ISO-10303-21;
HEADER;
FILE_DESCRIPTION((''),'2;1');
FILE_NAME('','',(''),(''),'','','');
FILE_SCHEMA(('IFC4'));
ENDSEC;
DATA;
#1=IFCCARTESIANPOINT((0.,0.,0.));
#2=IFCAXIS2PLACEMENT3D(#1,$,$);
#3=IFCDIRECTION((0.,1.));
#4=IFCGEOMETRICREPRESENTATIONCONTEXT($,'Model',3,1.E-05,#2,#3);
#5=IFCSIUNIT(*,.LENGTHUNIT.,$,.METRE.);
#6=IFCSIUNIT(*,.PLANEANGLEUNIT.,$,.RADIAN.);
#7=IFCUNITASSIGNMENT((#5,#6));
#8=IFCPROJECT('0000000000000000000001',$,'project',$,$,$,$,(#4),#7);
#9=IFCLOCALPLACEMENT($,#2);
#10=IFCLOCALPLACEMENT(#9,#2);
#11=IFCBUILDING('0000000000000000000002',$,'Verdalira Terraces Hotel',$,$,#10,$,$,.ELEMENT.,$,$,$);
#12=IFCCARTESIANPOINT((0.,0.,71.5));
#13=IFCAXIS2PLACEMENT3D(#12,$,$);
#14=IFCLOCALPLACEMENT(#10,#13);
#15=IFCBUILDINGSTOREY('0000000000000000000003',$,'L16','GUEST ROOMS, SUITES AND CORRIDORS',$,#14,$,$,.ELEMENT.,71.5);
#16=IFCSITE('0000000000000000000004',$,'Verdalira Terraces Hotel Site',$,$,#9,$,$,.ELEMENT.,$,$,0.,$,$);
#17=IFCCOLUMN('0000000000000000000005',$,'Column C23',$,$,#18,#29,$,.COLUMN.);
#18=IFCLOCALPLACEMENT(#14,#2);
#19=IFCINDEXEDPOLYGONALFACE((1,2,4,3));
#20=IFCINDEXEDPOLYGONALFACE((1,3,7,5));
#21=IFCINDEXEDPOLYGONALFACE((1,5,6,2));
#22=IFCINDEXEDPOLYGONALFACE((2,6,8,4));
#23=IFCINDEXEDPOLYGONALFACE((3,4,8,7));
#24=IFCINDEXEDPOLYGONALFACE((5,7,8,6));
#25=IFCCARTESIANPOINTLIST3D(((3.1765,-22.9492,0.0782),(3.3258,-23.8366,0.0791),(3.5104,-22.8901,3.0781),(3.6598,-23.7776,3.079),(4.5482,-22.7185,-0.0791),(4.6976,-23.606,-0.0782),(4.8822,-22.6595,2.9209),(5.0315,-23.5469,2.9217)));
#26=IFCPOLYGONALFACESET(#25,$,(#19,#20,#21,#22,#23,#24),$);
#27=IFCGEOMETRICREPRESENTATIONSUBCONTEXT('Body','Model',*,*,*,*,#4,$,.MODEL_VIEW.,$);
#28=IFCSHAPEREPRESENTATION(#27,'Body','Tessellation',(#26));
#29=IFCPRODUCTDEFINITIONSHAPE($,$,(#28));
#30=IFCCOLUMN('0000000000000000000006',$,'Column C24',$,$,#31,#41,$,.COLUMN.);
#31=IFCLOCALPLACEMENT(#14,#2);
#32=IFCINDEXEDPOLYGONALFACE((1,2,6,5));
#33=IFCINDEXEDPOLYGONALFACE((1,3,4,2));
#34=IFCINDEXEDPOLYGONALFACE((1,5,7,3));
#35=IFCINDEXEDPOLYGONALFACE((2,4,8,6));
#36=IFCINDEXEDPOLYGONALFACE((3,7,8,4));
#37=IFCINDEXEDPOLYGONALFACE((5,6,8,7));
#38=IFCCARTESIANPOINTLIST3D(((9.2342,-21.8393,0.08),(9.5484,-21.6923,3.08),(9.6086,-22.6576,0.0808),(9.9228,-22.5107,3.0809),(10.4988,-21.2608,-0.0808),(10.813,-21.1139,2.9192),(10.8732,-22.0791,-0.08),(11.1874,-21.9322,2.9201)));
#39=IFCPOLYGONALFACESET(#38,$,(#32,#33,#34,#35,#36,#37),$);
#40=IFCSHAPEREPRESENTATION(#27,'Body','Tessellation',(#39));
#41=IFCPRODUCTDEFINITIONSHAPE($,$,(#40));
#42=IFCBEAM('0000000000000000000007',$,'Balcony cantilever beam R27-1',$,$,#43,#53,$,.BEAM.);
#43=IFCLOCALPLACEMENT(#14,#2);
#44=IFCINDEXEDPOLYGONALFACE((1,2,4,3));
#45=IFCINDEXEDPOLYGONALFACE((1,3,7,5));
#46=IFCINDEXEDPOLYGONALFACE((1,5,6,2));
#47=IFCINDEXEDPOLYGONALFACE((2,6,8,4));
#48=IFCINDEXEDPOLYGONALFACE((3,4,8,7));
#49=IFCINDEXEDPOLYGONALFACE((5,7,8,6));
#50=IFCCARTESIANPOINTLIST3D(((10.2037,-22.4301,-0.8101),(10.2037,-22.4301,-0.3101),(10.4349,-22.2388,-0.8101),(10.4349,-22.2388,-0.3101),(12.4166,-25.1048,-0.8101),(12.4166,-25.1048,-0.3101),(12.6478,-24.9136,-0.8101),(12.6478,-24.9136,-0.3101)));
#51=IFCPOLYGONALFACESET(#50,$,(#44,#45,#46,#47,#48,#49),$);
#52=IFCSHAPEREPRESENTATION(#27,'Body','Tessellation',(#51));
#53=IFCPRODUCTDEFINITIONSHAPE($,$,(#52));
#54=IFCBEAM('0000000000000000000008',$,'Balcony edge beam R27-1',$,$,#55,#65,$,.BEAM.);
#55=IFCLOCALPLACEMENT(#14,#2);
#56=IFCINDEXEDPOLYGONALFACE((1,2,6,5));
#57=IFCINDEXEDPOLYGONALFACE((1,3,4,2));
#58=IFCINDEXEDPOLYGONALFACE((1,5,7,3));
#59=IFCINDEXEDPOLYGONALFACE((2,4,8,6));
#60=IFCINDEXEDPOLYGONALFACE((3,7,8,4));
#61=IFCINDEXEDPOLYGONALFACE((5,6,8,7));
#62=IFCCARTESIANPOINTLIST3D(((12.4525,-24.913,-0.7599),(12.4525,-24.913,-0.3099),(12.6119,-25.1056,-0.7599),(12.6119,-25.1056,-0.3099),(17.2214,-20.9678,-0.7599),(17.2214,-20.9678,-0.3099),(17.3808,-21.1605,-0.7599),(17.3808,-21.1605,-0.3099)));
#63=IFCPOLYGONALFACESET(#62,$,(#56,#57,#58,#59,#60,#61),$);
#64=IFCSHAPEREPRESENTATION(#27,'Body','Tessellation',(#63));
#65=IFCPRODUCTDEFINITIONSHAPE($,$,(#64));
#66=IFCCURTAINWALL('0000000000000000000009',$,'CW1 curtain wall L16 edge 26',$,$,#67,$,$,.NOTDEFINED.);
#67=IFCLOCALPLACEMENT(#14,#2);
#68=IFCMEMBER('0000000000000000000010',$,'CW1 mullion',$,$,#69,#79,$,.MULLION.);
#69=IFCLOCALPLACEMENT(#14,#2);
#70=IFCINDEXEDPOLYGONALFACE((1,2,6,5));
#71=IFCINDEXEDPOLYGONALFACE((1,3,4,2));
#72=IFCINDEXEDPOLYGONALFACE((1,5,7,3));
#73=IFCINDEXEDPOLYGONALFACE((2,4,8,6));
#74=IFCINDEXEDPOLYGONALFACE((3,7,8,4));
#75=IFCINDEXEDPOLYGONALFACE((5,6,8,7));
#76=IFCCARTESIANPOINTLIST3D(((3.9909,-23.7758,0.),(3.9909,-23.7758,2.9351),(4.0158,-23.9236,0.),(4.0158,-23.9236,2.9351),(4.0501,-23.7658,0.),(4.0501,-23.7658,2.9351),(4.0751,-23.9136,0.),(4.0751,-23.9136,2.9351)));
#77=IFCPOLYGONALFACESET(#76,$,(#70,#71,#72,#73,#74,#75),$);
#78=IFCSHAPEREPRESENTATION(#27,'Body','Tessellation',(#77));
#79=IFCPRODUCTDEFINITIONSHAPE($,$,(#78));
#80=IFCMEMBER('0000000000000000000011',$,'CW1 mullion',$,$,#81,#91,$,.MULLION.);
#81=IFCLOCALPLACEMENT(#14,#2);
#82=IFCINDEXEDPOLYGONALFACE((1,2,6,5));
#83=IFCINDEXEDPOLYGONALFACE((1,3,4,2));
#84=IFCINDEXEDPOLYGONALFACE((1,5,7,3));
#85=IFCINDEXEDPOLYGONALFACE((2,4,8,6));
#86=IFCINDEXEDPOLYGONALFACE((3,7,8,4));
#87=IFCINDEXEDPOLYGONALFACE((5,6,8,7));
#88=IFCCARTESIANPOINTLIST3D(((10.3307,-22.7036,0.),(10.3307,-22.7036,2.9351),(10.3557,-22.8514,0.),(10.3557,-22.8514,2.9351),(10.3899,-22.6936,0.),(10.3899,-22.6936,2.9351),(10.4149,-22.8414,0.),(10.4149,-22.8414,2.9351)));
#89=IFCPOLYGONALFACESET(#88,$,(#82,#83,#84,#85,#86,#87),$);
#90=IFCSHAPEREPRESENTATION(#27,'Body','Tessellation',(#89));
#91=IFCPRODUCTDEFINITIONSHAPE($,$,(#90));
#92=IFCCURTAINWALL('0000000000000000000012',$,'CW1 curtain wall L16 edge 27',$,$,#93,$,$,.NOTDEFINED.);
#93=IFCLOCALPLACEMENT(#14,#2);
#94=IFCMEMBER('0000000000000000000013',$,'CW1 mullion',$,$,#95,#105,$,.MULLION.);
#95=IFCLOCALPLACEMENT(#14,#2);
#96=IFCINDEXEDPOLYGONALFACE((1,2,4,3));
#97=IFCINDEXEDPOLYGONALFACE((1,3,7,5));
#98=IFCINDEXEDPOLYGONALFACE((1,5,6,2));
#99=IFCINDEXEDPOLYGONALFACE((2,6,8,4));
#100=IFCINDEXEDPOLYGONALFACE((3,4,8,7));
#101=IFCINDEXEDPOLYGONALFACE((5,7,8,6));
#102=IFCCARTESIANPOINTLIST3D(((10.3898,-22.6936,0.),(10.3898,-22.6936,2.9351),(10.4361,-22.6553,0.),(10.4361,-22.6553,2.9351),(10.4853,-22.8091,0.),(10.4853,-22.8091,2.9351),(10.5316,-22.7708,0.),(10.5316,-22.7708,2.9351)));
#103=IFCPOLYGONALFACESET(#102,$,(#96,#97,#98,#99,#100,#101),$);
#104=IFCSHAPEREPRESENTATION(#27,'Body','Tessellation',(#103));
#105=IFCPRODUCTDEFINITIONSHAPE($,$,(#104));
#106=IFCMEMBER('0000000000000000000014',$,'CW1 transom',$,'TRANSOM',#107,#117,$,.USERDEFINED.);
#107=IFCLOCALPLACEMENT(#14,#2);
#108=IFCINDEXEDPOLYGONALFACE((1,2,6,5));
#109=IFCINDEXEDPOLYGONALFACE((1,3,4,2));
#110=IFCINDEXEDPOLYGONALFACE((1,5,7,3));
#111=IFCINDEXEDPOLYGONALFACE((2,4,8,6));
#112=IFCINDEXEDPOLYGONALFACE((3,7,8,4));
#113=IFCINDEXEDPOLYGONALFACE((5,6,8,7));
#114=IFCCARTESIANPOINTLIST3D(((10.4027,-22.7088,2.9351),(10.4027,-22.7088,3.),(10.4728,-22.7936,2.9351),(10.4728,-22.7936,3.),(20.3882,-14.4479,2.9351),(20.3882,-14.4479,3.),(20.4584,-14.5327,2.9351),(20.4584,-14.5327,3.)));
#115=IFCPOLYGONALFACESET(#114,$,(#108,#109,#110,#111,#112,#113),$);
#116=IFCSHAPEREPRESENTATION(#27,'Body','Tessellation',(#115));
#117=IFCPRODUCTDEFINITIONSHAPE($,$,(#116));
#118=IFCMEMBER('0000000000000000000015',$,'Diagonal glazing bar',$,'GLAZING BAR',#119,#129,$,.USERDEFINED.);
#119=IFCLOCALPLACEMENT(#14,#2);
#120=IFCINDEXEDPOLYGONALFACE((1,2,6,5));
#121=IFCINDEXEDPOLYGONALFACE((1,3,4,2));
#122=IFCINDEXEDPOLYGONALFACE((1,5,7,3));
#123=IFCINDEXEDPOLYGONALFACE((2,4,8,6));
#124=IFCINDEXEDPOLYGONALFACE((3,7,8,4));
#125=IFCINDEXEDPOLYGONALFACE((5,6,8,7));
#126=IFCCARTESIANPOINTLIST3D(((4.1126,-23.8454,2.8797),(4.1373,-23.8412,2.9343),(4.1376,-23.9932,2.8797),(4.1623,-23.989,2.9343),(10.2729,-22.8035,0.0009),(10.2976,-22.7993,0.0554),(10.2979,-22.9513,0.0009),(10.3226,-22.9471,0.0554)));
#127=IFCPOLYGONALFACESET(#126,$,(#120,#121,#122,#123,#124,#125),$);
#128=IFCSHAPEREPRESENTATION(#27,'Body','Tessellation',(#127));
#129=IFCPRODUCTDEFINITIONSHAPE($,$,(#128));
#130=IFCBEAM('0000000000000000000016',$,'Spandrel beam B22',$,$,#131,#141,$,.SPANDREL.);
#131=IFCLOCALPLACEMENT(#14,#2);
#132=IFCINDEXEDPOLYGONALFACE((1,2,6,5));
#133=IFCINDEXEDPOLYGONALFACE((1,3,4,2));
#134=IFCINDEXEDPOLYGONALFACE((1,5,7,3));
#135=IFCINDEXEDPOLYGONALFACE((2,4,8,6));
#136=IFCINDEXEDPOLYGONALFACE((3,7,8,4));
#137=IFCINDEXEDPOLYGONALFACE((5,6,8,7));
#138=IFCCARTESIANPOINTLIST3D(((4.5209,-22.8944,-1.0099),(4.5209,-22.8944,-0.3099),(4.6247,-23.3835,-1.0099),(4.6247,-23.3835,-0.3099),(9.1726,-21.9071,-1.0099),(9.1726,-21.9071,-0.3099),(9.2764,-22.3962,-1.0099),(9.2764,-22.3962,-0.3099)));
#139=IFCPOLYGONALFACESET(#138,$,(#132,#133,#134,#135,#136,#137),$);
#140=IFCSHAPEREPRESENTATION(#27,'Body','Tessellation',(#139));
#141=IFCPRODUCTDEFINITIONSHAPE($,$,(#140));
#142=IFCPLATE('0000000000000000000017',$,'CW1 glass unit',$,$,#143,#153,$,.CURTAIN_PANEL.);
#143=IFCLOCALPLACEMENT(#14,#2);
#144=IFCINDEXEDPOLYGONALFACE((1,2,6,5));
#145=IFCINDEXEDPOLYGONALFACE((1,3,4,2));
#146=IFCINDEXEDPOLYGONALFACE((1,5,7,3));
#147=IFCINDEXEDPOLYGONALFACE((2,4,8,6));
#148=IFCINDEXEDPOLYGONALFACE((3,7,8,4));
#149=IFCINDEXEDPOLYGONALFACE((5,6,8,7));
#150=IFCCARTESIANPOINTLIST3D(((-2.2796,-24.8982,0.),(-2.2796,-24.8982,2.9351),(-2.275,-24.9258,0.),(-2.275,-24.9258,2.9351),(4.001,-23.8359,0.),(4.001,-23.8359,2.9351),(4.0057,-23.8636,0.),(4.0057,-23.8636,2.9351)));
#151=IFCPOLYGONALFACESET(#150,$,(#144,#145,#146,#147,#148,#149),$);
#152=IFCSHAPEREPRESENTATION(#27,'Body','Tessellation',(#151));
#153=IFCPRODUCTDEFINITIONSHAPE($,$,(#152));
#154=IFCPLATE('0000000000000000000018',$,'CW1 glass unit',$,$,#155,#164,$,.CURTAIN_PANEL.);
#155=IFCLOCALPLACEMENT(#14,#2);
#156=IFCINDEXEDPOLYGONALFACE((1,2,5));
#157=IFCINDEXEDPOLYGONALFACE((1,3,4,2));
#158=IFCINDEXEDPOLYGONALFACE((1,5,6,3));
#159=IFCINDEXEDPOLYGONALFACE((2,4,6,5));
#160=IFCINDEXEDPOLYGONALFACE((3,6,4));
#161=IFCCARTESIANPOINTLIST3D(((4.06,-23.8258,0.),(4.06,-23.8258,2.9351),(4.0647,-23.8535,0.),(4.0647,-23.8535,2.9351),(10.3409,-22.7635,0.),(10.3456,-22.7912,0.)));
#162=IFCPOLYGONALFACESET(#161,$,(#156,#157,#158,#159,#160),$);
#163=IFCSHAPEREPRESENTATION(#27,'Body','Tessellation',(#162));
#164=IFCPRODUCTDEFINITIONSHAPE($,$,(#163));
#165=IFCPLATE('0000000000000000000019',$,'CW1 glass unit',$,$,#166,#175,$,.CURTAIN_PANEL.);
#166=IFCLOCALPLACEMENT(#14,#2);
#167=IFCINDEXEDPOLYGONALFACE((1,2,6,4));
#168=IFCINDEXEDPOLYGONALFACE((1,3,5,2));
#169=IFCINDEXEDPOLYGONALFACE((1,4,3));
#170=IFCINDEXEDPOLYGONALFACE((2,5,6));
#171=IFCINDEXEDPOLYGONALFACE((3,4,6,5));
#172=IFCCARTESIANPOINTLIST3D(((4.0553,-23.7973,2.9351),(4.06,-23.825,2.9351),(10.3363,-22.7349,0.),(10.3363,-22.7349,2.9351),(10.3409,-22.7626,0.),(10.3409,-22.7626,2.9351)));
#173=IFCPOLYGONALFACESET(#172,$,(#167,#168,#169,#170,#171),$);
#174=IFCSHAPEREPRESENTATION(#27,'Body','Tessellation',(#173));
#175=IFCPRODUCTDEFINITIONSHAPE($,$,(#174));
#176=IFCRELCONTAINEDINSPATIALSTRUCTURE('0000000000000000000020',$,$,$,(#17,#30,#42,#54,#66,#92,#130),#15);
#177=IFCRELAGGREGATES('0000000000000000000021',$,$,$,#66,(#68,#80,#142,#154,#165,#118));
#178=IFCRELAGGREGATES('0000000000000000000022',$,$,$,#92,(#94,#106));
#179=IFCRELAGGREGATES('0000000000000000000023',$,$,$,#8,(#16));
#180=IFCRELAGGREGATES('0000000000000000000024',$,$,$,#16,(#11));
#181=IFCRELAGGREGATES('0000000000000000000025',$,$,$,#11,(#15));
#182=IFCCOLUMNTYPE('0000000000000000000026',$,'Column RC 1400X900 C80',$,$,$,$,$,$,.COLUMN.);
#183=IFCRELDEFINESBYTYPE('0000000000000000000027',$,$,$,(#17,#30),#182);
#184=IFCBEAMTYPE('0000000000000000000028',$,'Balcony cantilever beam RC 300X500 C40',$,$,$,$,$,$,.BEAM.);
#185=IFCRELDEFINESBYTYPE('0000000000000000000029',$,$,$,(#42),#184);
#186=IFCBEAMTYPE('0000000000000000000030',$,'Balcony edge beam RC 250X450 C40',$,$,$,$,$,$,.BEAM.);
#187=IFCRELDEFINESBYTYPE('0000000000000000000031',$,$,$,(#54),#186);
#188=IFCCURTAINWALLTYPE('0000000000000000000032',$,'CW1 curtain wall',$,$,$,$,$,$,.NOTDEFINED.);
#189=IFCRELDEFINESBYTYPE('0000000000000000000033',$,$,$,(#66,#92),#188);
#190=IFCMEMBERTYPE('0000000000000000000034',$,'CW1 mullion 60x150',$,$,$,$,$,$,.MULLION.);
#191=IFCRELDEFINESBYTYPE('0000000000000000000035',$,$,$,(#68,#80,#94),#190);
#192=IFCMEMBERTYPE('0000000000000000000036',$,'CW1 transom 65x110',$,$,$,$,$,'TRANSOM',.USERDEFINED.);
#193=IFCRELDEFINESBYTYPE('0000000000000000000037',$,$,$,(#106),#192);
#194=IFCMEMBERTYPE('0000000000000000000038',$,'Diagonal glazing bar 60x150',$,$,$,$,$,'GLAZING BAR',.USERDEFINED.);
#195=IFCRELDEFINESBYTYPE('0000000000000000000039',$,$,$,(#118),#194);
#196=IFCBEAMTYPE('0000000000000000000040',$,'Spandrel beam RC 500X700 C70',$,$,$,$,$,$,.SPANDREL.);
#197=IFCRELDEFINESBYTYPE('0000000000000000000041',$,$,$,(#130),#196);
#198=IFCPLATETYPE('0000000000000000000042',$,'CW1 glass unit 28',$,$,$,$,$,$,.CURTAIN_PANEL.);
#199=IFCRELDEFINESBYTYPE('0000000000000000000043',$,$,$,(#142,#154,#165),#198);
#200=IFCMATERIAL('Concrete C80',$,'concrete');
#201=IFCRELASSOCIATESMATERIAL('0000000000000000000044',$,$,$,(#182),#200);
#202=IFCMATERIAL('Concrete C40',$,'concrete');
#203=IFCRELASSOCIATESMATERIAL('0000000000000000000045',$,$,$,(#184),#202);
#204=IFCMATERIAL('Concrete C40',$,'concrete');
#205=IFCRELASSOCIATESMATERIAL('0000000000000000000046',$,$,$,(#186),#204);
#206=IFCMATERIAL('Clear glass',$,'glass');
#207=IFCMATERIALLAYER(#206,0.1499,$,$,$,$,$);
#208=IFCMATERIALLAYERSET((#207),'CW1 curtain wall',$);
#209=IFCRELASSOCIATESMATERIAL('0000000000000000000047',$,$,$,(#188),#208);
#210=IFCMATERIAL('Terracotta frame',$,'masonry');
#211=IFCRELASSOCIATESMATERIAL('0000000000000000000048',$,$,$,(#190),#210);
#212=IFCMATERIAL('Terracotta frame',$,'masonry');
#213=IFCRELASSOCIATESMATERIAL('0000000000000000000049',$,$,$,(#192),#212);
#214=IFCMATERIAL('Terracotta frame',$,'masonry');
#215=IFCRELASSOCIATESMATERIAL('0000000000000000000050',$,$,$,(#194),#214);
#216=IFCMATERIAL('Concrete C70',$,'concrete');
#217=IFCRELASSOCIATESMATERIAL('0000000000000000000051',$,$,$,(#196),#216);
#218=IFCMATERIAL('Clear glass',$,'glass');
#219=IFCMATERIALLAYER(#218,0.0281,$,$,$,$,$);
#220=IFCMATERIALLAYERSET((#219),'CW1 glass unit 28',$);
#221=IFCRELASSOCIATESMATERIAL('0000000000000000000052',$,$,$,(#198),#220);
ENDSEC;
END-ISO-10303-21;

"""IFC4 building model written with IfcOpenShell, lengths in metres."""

from ifc_helpers import new_model, si_unit, direction, frame, origin, origin_2d, place, context, subcontext, project, spatial, polyline, rectangle, outline, extrude, material, layer, layer_set, material_profile, profile_set, type_object, element, aggregate, save


model = new_model("IFC4")

# Units and contexts
model_context = context("Model", 3, precision=1e-05, world=origin(), true_north=direction((0.0, 1.0)))
body_context = subcontext(model_context, "Body", "Model", "MODEL_VIEW")
ifc_project = project(units=[si_unit("LENGTHUNIT", "METRE"), si_unit("PLANEANGLEUNIT", "RADIAN")], contexts=[model_context])

# Site, building, storey
site_placement = place(None, origin())
site = spatial("IfcSite", under=ifc_project, at=site_placement, Name="Verdalira Terraces Hotel Site", CompositionType="ELEMENT", RefElevation=0.0)
building_placement = place(site_placement, origin())
building = spatial("IfcBuilding", under=site, at=building_placement, Name="Verdalira Terraces Hotel", CompositionType="ELEMENT")
storey_placement = place(building_placement, frame((0.0, 0.0, 71.5)))
storey = spatial("IfcBuildingStorey", under=building, at=storey_placement, Name="L16", Description="GUEST ROOMS, SUITES AND CORRIDORS", CompositionType="ELEMENT", Elevation=71.5)

# Columns
ifc_material_1 = material(Name="Concrete C80", Category="concrete")
ifc_material_profile_1 = material_profile(ifc_material_1, rectangle(XDim=1.3999, YDim=0.8999, at=origin_2d()), Name="RC 1400X900")
ifc_profile_set_1 = profile_set([ifc_material_profile_1], Name="Concrete C80")
column_type = type_object("IfcColumnType", Name="Column RC 1400X900 C80", PredefinedType="COLUMN", material=ifc_profile_set_1)
column_1_placement = place(storey_placement, frame((3.937, -23.2776, 0.0), z_axis=(0.110623, 0.019569, 0.99367), x_axis=(0.979911, 0.164784, -0.112337)))
element("IfcColumn", 1, at=column_1_placement, inside=storey, type_object=column_type, Name="Column C23", PredefinedType="COLUMN", context=body_context, shape_type="SweptSolid", body=[
    extrude(rectangle(XDim=1.3999, YDim=0.8999, at=origin_2d()), origin(), (0.0, 0.0, 1.0), 3.019),
])
column_2_placement = place(storey_placement, frame((10.0537, -21.9592, 0.0), z_axis=(0.104043, 0.048667, 0.993381), x_axis=(-0.903351, -0.413236, 0.114858)))
element("IfcColumn", 2, at=column_2_placement, inside=storey, type_object=column_type, Name="Column C24", PredefinedType="COLUMN", context=body_context, shape_type="SweptSolid", body=[
    extrude(rectangle(XDim=1.3999, YDim=0.8999, at=origin_2d()), origin(), (0.0, 0.0, 1.0), 3.02),
])

# Beams
ifc_material_2 = material(Name="Concrete C40", Category="concrete")
ifc_material_profile_2 = material_profile(ifc_material_2, rectangle(XDim=0.3, YDim=0.5, at=origin_2d()), Name="RC 300X500")
ifc_profile_set_2 = profile_set([ifc_material_profile_2], Name="Concrete C40")
beam_type_1 = type_object("IfcBeamType", Name="Balcony cantilever beam RC 300X500 C40", PredefinedType="BEAM", material=ifc_profile_set_2)
beam_1_placement = place(storey_placement, frame((10.3193, -22.3345, -0.5601), z_axis=(0.637441, -0.770499, 0.0), x_axis=(0.770499, 0.637441, 0.0)))
element("IfcBeam", 3, at=beam_1_placement, inside=storey, type_object=beam_type_1, Name="Balcony cantilever beam R27-1", PredefinedType="BEAM", context=body_context, shape_type="SweptSolid", body=[
    extrude(rectangle(XDim=0.3, YDim=0.5, at=origin_2d()), origin(), (0.0, 0.0, 1.0), 3.4714),
])
ifc_material_3 = material(Name="Concrete C40", Category="concrete")
ifc_material_profile_3 = material_profile(ifc_material_3, rectangle(XDim=0.25, YDim=0.45, at=origin_2d()), Name="RC 250X450")
ifc_profile_set_3 = profile_set([ifc_material_profile_3], Name="Concrete C40")
beam_type_2 = type_object("IfcBeamType", Name="Balcony edge beam RC 250X450 C40", PredefinedType="BEAM", material=ifc_profile_set_3)
beam_2_placement = place(storey_placement, frame((12.5322, -25.0093, -0.5349), z_axis=(0.770515, 0.637422, 0.0), x_axis=(-0.637422, 0.770515, 0.0)))
element("IfcBeam", 4, at=beam_2_placement, inside=storey, type_object=beam_type_2, Name="Balcony edge beam R27-1", PredefinedType="BEAM", context=body_context, shape_type="SweptSolid", body=[
    extrude(rectangle(XDim=0.25, YDim=0.45, at=origin_2d()), origin(), (0.0, 0.0, 1.0), 6.1892),
])

# Curtain walls, members
ifc_material_4 = material(Name="Clear glass", Category="glass")
ifc_layer_1 = layer(ifc_material_4, 0.1499)
ifc_layer_set_1 = layer_set([ifc_layer_1], Name="CW1 curtain wall")
curtain_wall_type = type_object("IfcCurtainWallType", Name="CW1 curtain wall", PredefinedType="NOTDEFINED", material=ifc_layer_set_1)
curtain_wall_1_placement = place(storey_placement, origin())
curtain_wall_1 = element("IfcCurtainWall", 5, at=curtain_wall_1_placement, inside=storey, type_object=curtain_wall_type, Name="CW1 curtain wall L16 edge 26", PredefinedType="NOTDEFINED")
ifc_material_5 = material(Name="Terracotta frame", Category="masonry")
ifc_material_profile_4 = material_profile(ifc_material_5, rectangle(XDim=0.0601, YDim=0.1499, at=origin_2d()), Name="MU 60x150")
ifc_profile_set_4 = profile_set([ifc_material_profile_4], Name="Terracotta frame")
member_type_1 = type_object("IfcMemberType", Name="CW1 mullion 60x150", PredefinedType="MULLION", material=ifc_profile_set_4)
member_1_placement = place(storey_placement, frame((4.033, -23.8447, 0.0), z_axis=(0.0, 0.0, 1.0), x_axis=(0.985996, 0.166769, 0.0)))
member_1 = element("IfcMember", 6, at=member_1_placement, type_object=member_type_1, Name="CW1 mullion", PredefinedType="MULLION", context=body_context, shape_type="SweptSolid", body=[
    extrude(rectangle(XDim=0.0601, YDim=0.1499, at=origin_2d()), origin(), (0.0, 0.0, 1.0), 2.9351),
])
member_2_placement = place(storey_placement, frame((10.3728, -22.7725, 0.0), z_axis=(0.0, 0.0, 1.0), x_axis=(0.985996, 0.166769, 0.0)))
member_2 = element("IfcMember", 7, at=member_2_placement, type_object=member_type_1, Name="CW1 mullion", PredefinedType="MULLION", context=body_context, shape_type="SweptSolid", body=[
    extrude(rectangle(XDim=0.0601, YDim=0.1499, at=origin_2d()), origin(), (0.0, 0.0, 1.0), 2.9351),
])
curtain_wall_2_placement = place(storey_placement, origin())
curtain_wall_2 = element("IfcCurtainWall", 8, at=curtain_wall_2_placement, inside=storey, type_object=curtain_wall_type, Name="CW1 curtain wall L16 edge 27", PredefinedType="NOTDEFINED")
member_3_placement = place(storey_placement, frame((10.4607, -22.7322, 0.0), z_axis=(0.0, 0.0, 1.0), x_axis=(0.770513, 0.637424, 0.0)))
member_3 = element("IfcMember", 9, at=member_3_placement, type_object=member_type_1, Name="CW1 mullion", PredefinedType="MULLION", context=body_context, shape_type="SweptSolid", body=[
    extrude(rectangle(XDim=0.0601, YDim=0.1499, at=origin_2d()), origin(), (0.0, 0.0, 1.0), 2.9351),
])
ifc_material_6 = material(Name="Terracotta frame", Category="masonry")
ifc_material_profile_5 = material_profile(ifc_material_6, rectangle(XDim=0.1101, YDim=0.0649, at=origin_2d()), Name="TR 65x110")
ifc_profile_set_5 = profile_set([ifc_material_profile_5], Name="Terracotta frame")
member_type_2 = type_object("IfcMemberType", Name="CW1 transom 65x110", ElementType="TRANSOM", PredefinedType="USERDEFINED", material=ifc_profile_set_5)
member_4_placement = place(storey_placement, frame((10.4377, -22.7512, 2.9675), z_axis=(0.770506, 0.637432, 0.0), x_axis=(-0.637432, 0.770506, 0.0)))
member_4 = element("IfcMember", 10, at=member_4_placement, type_object=member_type_2, Name="CW1 transom", ObjectType="TRANSOM", PredefinedType="USERDEFINED", context=body_context, shape_type="SweptSolid", body=[
    extrude(rectangle(XDim=0.1101, YDim=0.0649, at=origin_2d()), origin(), (0.0, 0.0, 1.0), 12.9597),
])

# Member
ifc_material_7 = material(Name="Terracotta frame", Category="masonry")
ifc_material_profile_6 = material_profile(ifc_material_7, rectangle(XDim=0.1499, YDim=0.0601, at=origin_2d()), Name="GB 60x150")
ifc_profile_set_6 = profile_set([ifc_material_profile_6], Name="Terracotta frame")
member_type_3 = type_object("IfcMemberType", Name="Diagonal glazing bar 60x150", ElementType="GLAZING BAR", PredefinedType="USERDEFINED", material=ifc_profile_set_6)
member_5_placement = place(storey_placement, frame((4.1375, -23.9172, 2.907), z_axis=(0.895502, 0.151468, -0.41849), x_axis=(-0.166775, 0.985995, 0.0)))
member_5 = element("IfcMember", 11, at=member_5_placement, type_object=member_type_3, Name="Diagonal glazing bar", ObjectType="GLAZING BAR", PredefinedType="USERDEFINED", context=body_context, shape_type="SweptSolid", body=[
    extrude(rectangle(XDim=0.1499, YDim=0.0601, at=origin_2d()), origin(), (0.0, 0.0, 1.0), 6.8792),
])

# Beam
ifc_material_8 = material(Name="Concrete C70", Category="concrete")
ifc_material_profile_7 = material_profile(ifc_material_8, rectangle(XDim=0.5, YDim=0.7, at=origin_2d()), Name="RC 500X700")
ifc_profile_set_7 = profile_set([ifc_material_profile_7], Name="Concrete C70")
beam_type_3 = type_object("IfcBeamType", Name="Spandrel beam RC 500X700 C70", PredefinedType="SPANDREL", material=ifc_profile_set_7)
beam_3_placement = place(storey_placement, frame((4.5728, -23.1389, -0.6599), z_axis=(0.978211, 0.207614, 0.0), x_axis=(-0.207614, 0.978211, 0.0)))
element("IfcBeam", 12, at=beam_3_placement, inside=storey, type_object=beam_type_3, Name="Spandrel beam B22", PredefinedType="SPANDREL", context=body_context, shape_type="SweptSolid", body=[
    extrude(rectangle(XDim=0.5, YDim=0.7, at=origin_2d()), origin(), (0.0, 0.0, 1.0), 4.7554),
])

# Plates
ifc_material_9 = material(Name="Clear glass", Category="glass")
ifc_layer_2 = layer(ifc_material_9, 0.0281)
ifc_layer_set_2 = layer_set([ifc_layer_2], Name="CW1 glass unit 28")
plate_type = type_object("IfcPlateType", Name="CW1 glass unit 28", PredefinedType="CURTAIN_PANEL", material=ifc_layer_set_2)
plate_1_placement = place(storey_placement, frame((0.863, -24.3809, 0.0), z_axis=(0.0, 0.0, 1.0), x_axis=(0.985996, 0.166769, 0.0)))
plate_1 = element("IfcPlate", 13, at=plate_1_placement, type_object=plate_type, Name="CW1 glass unit", PredefinedType="CURTAIN_PANEL", context=body_context, shape_type="SweptSolid", body=[
    extrude(rectangle(XDim=6.3699, YDim=0.0281, at=origin_2d()), origin(), (0.0, 0.0, 1.0), 2.9351),
])
plate_2_placement = place(storey_placement, frame((7.2004, -23.2947, 1.4675), z_axis=(0.166769, -0.985996, 0.0), x_axis=(0.985996, 0.166769, 0.0)))
plate_2 = element("IfcPlate", 14, at=plate_2_placement, type_object=plate_type, Name="CW1 glass unit", PredefinedType="CURTAIN_PANEL", context=body_context, shape_type="SweptSolid", body=[
    extrude(outline(polyline([(-3.1851, -1.4675), (3.1851, -1.4675), (-3.1851, 1.4675), (-3.1851, -1.4675)])), origin(), (0.0, 0.0, 1.0), 0.0281),
])
plate_3_placement = place(storey_placement, frame((7.1958, -23.2661, 1.4675), z_axis=(0.166769, -0.985996, 0.0), x_axis=(0.985996, 0.166769, 0.0)))
plate_3 = element("IfcPlate", 15, at=plate_3_placement, type_object=plate_type, Name="CW1 glass unit", PredefinedType="CURTAIN_PANEL", context=body_context, shape_type="SweptSolid", body=[
    extrude(outline(polyline([(3.1851, -1.4675), (3.1851, 1.4675), (-3.1851, 1.4675), (3.1851, -1.4675)])), origin(), (0.0, 0.0, 1.0), 0.0281),
])
aggregate(curtain_wall_1, [member_1, member_2, plate_1, plate_2, plate_3, member_5])
aggregate(curtain_wall_2, [member_3, member_4])

save(model, "model.ifc")
